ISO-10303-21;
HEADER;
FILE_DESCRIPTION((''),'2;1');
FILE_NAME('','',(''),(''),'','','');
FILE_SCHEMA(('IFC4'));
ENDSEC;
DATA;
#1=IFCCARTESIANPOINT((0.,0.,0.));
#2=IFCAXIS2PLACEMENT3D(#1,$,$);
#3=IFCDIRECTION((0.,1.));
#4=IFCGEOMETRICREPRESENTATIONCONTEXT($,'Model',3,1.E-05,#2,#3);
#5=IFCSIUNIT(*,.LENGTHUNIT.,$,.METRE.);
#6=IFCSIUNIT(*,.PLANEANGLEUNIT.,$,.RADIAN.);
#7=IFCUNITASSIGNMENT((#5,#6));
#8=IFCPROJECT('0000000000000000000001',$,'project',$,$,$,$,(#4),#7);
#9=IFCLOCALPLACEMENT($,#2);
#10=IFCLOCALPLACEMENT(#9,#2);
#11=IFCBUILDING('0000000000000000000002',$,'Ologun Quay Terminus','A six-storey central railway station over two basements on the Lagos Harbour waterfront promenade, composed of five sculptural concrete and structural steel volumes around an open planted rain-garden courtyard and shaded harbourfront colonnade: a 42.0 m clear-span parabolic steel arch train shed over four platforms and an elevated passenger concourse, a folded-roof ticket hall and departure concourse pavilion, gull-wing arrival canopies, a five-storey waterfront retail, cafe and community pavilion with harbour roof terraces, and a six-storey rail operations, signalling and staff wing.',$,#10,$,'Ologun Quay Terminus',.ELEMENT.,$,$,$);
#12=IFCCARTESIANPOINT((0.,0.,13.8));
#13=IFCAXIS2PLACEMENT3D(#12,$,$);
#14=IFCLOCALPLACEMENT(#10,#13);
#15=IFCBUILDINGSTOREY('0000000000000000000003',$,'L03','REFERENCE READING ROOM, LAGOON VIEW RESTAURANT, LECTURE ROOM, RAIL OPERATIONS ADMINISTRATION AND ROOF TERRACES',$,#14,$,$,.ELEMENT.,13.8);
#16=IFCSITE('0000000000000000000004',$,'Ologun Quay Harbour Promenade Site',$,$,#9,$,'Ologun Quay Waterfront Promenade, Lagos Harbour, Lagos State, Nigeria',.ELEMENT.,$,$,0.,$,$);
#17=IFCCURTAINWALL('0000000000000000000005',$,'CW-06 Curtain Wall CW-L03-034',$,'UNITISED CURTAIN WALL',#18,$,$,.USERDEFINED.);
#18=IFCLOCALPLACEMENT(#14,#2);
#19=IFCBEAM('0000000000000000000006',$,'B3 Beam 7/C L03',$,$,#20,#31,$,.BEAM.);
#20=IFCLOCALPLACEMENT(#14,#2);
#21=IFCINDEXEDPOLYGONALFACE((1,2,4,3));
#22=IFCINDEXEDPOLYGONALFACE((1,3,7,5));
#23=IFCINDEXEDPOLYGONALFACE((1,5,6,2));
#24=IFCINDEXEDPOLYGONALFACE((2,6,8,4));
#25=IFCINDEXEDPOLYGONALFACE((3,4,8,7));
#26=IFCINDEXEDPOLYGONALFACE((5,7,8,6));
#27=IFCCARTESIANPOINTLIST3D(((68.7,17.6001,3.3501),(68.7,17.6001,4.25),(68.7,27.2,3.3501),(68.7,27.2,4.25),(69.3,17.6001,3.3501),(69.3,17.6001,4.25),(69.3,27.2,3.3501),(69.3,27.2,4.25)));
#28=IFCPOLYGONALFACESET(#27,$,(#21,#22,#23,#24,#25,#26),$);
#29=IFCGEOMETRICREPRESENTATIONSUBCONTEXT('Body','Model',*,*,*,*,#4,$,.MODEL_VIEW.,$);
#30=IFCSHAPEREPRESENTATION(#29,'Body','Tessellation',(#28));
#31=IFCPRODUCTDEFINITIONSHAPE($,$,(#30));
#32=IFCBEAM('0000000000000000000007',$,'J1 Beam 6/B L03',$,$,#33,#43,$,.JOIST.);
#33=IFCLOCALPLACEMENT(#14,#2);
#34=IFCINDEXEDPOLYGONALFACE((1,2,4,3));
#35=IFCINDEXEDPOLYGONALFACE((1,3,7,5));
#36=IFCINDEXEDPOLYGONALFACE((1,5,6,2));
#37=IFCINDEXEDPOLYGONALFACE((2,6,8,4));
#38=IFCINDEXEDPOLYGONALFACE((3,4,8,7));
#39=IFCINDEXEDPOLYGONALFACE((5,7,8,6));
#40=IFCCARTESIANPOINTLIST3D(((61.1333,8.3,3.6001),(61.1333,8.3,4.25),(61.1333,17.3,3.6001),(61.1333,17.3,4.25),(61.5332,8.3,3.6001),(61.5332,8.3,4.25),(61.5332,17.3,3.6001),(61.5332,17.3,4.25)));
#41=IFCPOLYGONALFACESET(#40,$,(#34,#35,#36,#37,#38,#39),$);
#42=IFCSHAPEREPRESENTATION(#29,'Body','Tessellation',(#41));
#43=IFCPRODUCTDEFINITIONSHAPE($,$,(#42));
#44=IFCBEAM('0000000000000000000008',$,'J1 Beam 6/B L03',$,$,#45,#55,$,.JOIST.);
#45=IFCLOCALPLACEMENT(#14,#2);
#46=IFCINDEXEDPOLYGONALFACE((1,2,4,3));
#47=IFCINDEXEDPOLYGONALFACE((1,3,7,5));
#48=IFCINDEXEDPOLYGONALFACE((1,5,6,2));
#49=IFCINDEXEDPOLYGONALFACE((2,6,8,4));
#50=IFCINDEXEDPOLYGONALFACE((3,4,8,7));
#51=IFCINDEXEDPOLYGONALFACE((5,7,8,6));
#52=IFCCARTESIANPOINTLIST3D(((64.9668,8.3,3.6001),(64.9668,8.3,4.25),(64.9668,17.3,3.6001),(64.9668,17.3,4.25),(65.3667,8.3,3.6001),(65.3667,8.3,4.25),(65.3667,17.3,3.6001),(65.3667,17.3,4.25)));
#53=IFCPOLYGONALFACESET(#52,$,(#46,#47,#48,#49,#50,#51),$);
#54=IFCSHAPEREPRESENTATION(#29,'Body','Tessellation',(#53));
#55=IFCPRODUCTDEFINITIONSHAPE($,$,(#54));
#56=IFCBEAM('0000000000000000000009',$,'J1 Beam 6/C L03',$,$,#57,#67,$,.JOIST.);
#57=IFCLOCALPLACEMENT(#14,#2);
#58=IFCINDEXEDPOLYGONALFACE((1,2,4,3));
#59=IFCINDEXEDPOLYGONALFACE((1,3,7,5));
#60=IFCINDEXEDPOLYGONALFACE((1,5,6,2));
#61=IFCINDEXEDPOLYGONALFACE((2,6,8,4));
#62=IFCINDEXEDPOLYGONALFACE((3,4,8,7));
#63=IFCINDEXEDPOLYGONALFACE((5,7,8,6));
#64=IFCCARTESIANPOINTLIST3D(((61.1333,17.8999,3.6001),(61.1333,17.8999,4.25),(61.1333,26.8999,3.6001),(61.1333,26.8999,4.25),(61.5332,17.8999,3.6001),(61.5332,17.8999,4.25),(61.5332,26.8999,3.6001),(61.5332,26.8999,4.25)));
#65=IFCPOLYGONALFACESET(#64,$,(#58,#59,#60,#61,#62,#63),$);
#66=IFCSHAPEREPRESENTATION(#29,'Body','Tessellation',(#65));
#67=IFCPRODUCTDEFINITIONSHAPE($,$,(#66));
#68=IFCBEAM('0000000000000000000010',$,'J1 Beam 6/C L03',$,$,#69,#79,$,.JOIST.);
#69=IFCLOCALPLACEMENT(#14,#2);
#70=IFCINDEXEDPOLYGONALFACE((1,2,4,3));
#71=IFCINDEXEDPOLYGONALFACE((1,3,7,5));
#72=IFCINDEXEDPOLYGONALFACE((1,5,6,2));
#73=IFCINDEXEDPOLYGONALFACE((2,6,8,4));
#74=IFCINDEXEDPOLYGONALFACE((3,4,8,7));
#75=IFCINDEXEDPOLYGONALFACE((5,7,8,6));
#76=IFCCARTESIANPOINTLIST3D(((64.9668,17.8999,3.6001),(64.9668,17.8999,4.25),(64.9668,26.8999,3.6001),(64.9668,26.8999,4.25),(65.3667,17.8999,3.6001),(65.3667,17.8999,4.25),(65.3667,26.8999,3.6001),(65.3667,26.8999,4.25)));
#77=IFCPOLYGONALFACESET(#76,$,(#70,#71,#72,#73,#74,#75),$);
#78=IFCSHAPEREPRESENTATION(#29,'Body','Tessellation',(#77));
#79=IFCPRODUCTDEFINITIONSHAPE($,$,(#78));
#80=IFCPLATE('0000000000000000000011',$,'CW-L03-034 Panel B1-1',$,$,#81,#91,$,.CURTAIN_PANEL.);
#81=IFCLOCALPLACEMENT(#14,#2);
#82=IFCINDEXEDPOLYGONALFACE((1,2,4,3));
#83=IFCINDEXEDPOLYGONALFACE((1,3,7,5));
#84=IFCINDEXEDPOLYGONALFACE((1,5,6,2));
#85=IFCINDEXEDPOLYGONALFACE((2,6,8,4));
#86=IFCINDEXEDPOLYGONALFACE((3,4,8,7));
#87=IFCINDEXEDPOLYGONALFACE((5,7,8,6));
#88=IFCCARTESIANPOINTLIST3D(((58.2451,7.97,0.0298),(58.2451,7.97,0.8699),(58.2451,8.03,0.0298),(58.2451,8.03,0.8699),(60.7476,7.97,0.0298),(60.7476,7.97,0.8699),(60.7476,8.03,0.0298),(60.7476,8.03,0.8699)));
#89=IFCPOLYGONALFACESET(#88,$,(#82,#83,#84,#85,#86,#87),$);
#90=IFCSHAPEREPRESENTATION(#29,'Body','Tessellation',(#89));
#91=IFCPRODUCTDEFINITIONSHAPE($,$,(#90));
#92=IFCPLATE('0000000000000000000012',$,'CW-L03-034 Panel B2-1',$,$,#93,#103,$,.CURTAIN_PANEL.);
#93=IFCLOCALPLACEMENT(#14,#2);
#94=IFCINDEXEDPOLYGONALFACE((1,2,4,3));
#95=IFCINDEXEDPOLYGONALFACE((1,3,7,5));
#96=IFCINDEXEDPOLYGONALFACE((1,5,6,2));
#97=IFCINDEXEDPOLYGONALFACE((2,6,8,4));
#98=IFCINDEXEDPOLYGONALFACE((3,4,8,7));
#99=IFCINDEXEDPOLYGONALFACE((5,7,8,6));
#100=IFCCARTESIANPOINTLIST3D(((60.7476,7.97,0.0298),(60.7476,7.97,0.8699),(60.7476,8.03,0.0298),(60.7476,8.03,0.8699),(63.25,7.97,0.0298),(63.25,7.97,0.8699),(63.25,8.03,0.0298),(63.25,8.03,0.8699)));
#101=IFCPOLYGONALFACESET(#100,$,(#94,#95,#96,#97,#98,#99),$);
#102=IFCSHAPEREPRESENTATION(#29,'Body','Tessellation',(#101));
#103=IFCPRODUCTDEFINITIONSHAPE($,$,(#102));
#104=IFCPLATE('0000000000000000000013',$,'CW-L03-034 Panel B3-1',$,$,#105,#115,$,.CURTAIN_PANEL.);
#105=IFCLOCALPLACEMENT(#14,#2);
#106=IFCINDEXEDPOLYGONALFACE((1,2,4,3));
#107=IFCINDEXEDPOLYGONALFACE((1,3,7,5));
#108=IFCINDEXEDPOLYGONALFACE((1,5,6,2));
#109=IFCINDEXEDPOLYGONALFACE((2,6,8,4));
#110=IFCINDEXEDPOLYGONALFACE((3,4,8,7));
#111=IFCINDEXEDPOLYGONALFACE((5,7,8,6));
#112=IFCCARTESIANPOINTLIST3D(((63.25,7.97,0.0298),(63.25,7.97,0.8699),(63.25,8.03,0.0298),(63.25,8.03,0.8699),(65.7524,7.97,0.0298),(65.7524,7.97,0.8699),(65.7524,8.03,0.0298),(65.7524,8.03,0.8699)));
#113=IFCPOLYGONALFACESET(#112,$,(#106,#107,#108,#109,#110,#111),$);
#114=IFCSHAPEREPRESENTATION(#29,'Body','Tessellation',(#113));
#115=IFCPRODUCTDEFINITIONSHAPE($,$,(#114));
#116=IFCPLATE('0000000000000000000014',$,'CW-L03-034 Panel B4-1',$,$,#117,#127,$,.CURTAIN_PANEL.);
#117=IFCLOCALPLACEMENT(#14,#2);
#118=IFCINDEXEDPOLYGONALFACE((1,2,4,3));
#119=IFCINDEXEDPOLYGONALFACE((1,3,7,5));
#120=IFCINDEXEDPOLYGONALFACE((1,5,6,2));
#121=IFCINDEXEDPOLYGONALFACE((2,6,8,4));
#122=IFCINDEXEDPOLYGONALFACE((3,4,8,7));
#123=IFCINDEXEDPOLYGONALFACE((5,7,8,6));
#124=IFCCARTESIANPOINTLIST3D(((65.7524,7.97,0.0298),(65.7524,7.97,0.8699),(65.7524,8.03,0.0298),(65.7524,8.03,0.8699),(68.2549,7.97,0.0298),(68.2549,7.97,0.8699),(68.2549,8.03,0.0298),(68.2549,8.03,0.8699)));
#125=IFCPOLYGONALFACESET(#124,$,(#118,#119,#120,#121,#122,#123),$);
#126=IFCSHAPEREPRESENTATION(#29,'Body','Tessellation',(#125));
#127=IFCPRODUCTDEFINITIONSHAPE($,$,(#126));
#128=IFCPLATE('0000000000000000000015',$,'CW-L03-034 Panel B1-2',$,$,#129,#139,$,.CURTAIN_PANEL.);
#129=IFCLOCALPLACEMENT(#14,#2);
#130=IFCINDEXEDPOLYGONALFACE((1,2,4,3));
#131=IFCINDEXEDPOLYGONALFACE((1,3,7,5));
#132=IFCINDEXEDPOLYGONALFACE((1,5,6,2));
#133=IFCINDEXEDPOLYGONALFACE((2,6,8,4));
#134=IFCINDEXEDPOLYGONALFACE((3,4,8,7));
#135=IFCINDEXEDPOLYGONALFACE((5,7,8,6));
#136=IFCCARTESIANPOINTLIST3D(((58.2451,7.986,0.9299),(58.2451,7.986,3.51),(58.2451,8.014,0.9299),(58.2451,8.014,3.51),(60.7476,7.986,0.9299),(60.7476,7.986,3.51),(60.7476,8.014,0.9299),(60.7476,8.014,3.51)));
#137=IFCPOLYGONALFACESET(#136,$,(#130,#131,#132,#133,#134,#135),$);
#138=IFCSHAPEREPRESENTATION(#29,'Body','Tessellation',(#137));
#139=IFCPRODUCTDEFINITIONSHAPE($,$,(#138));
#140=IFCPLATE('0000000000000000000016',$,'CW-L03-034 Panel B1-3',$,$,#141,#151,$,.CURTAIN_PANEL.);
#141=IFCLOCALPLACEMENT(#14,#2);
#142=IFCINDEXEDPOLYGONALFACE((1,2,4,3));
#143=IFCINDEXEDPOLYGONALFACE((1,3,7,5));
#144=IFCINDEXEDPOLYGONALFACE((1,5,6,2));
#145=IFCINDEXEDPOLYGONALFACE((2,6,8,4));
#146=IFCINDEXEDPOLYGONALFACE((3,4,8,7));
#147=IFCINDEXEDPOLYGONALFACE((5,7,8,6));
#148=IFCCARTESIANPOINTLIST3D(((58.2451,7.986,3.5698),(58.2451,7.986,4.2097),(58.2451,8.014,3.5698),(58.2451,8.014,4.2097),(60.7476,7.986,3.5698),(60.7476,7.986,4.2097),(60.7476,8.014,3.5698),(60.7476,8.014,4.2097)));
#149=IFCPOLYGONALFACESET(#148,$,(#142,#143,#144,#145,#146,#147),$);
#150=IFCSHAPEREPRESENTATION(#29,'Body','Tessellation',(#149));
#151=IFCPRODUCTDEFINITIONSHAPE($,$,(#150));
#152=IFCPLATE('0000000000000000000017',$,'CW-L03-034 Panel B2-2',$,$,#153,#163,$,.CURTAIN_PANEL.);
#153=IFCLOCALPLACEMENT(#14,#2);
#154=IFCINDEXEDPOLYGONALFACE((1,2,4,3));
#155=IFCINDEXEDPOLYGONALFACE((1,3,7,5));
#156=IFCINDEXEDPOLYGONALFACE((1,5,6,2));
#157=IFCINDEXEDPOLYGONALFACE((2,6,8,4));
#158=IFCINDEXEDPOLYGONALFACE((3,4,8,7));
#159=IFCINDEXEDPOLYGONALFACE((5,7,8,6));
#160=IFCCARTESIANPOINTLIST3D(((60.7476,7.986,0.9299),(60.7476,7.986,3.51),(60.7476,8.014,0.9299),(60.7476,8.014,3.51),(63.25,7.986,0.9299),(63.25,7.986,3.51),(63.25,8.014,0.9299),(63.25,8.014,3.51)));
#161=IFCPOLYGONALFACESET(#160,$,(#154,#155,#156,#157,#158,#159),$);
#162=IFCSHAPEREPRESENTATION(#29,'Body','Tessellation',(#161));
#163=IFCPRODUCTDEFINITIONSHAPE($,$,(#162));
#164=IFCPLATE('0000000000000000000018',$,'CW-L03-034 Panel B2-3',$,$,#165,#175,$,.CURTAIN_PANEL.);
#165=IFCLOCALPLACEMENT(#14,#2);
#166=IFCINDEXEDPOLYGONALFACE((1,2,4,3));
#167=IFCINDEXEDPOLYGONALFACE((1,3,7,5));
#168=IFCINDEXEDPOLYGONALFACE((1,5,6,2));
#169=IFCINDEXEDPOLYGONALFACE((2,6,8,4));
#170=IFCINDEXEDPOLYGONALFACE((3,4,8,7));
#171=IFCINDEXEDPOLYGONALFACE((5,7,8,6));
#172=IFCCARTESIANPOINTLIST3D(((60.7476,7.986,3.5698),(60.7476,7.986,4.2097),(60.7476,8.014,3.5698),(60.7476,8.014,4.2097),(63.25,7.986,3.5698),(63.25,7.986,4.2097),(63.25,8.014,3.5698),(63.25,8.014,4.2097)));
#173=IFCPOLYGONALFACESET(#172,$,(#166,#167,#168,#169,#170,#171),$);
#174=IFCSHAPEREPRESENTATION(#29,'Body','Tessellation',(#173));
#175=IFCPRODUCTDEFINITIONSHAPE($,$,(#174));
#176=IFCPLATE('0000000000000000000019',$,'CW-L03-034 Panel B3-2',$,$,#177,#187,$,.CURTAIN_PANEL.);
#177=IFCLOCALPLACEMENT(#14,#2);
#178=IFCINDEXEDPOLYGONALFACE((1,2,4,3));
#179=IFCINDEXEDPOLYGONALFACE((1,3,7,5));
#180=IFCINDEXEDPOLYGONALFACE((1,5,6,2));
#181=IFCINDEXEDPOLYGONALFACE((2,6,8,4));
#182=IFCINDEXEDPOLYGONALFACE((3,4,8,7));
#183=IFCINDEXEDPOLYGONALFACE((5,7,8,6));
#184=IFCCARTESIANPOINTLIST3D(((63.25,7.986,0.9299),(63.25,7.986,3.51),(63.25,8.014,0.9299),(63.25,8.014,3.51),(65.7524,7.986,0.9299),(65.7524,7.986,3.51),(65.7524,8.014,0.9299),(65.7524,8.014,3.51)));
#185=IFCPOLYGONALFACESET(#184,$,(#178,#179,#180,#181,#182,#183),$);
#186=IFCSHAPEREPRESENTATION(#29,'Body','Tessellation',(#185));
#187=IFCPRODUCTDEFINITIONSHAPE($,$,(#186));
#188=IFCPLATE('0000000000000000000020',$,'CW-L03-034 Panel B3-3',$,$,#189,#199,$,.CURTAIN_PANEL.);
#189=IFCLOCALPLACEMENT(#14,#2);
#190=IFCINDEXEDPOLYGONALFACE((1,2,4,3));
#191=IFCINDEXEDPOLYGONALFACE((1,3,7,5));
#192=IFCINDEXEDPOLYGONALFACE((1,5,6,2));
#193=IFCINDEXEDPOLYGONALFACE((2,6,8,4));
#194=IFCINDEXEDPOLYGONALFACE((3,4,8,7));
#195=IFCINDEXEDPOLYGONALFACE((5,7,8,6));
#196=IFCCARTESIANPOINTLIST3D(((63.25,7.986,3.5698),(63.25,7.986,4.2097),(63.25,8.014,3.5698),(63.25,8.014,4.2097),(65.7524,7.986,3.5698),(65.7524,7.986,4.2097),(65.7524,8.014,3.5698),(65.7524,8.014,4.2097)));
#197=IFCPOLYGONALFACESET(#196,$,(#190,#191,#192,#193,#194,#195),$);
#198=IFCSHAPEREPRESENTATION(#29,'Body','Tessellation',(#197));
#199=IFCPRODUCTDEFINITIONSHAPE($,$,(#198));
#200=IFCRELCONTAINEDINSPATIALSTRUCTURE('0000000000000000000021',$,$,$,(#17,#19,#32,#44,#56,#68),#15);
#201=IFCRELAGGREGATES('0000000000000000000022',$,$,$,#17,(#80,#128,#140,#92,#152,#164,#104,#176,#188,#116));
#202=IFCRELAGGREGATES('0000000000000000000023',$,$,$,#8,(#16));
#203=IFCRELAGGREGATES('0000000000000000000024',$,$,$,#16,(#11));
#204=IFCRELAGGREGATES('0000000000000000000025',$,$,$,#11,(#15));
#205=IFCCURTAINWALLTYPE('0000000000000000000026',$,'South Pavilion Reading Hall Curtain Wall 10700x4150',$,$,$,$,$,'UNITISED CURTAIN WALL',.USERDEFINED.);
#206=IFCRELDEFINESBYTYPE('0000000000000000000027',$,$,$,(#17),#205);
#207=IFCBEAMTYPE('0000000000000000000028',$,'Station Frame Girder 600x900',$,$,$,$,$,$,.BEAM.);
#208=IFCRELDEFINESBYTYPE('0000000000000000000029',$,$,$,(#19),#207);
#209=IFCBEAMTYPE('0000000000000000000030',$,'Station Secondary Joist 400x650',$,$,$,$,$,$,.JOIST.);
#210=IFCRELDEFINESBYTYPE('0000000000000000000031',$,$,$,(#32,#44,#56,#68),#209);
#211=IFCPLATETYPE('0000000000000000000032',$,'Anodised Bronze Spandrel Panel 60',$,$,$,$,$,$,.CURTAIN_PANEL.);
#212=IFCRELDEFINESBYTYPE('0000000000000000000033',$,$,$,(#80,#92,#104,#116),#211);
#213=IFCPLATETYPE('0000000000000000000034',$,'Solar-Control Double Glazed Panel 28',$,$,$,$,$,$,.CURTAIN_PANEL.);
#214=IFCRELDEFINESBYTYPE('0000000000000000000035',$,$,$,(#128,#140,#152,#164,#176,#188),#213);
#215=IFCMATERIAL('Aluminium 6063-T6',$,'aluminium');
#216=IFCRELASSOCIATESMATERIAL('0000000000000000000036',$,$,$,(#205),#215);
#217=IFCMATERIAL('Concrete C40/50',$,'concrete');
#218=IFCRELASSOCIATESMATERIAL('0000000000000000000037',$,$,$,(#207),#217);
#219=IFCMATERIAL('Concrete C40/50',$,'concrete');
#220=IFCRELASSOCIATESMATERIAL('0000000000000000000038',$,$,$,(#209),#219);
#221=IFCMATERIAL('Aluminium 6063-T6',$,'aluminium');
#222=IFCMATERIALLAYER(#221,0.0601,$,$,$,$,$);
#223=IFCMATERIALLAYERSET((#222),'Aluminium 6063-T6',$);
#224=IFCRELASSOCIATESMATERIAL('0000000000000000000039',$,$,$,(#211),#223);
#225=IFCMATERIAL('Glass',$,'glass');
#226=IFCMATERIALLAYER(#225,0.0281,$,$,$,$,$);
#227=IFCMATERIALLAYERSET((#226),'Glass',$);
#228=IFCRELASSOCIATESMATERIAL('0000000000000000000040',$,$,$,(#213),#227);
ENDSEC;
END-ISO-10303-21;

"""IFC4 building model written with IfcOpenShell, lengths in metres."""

from ifc_helpers import new_model, si_unit, direction, frame, origin, origin_2d, place, context, subcontext, project, spatial, rectangle, extrude, material, layer, layer_set, material_profile, profile_set, type_object, element, aggregate, save


model = new_model("IFC4")

# Units and contexts
model_context = context("Model", 3, precision=1e-05, world=origin(), true_north=direction((0.0, 1.0)))
body_context = subcontext(model_context, "Body", "Model", "MODEL_VIEW")
ifc_project = project(units=[si_unit("LENGTHUNIT", "METRE"), si_unit("PLANEANGLEUNIT", "RADIAN")], contexts=[model_context])

# Site, building, storey
site_placement = place(None, origin())
site = spatial("IfcSite", under=ifc_project, at=site_placement, Name="Ologun Quay Harbour Promenade Site", LongName="Ologun Quay Waterfront Promenade, Lagos Harbour, Lagos State, Nigeria", CompositionType="ELEMENT", RefElevation=0.0)
building_placement = place(site_placement, origin())
building = spatial("IfcBuilding", under=site, at=building_placement, Name="Ologun Quay Terminus", Description="A six-storey central railway station over two basements on the Lagos Harbour waterfront promenade, composed of five sculptural concrete and structural steel volumes around an open planted rain-garden courtyard and shaded harbourfront colonnade: a 42.0 m clear-span parabolic steel arch train shed over four platforms and an elevated passenger concourse, a folded-roof ticket hall and departure concourse pavilion, gull-wing arrival canopies, a five-storey waterfront retail, cafe and community pavilion with harbour roof terraces, and a six-storey rail operations, signalling and staff wing.", LongName="Ologun Quay Terminus", CompositionType="ELEMENT")
storey_placement = place(building_placement, frame((0.0, 0.0, 13.8)))
storey = spatial("IfcBuildingStorey", under=building, at=storey_placement, Name="L03", Description="REFERENCE READING ROOM, LAGOON VIEW RESTAURANT, LECTURE ROOM, RAIL OPERATIONS ADMINISTRATION AND ROOF TERRACES", CompositionType="ELEMENT", Elevation=13.8)

# Curtain wall
ifc_material_1 = material(Name="Aluminium 6063-T6", Category="aluminium")
curtain_wall_type = type_object("IfcCurtainWallType", Name="South Pavilion Reading Hall Curtain Wall 10700x4150", ElementType="UNITISED CURTAIN WALL", PredefinedType="USERDEFINED", material=ifc_material_1)
curtain_wall_1_placement = place(storey_placement, origin())
curtain_wall_1 = element("IfcCurtainWall", 1, at=curtain_wall_1_placement, inside=storey, type_object=curtain_wall_type, Name="CW-06 Curtain Wall CW-L03-034", ObjectType="UNITISED CURTAIN WALL", PredefinedType="USERDEFINED")

# Beams
ifc_material_2 = material(Name="Concrete C40/50", Category="concrete")
ifc_material_profile_1 = material_profile(ifc_material_2, rectangle(XDim=0.6001, YDim=0.8999, at=origin_2d()), Name="RC 600x900")
ifc_profile_set_1 = profile_set([ifc_material_profile_1], Name="Concrete C40/50")
beam_type_1 = type_object("IfcBeamType", Name="Station Frame Girder 600x900", PredefinedType="BEAM", material=ifc_profile_set_1)
beam_1_placement = place(storey_placement, frame((69.0, 17.6001, 3.8), z_axis=(0.0, 1.0, 0.0), x_axis=(-1.0, 0.0, 0.0)))
element("IfcBeam", 2, at=beam_1_placement, inside=storey, type_object=beam_type_1, Name="B3 Beam 7/C L03", PredefinedType="BEAM", context=body_context, shape_type="SweptSolid", body=[
    extrude(rectangle(XDim=0.6001, YDim=0.8999, at=origin_2d()), origin(), (0.0, 0.0, 1.0), 9.5999),
])
ifc_material_3 = material(Name="Concrete C40/50", Category="concrete")
ifc_material_profile_2 = material_profile(ifc_material_3, rectangle(XDim=0.3999, YDim=0.6499, at=origin_2d()), Name="RC 400x650")
ifc_profile_set_2 = profile_set([ifc_material_profile_2], Name="Concrete C40/50")
beam_type_2 = type_object("IfcBeamType", Name="Station Secondary Joist 400x650", PredefinedType="JOIST", material=ifc_profile_set_2)
for number, where, z_axis, x_axis, name in (
    (3, (61.3333, 8.3, 3.925), (0.0, 1.0, 0.0), (-1.0, 0.0, 0.0), "J1 Beam 6/B L03"),
    (4, (65.1667, 8.3, 3.925), (0.0, 1.0, 0.0), (-1.0, 0.0, 0.0), "J1 Beam 6/B L03"),
    (5, (61.3333, 17.8999, 3.925), (0.0, 1.0, 0.0), (-1.0, 0.0, 0.0), "J1 Beam 6/C L03"),
    (6, (65.1667, 17.8999, 3.925), (0.0, 1.0, 0.0), (-1.0, 0.0, 0.0), "J1 Beam 6/C L03"),
):
    element("IfcBeam", number, at=place(storey_placement, frame(where, z_axis=z_axis, x_axis=x_axis)), inside=storey, type_object=beam_type_2, Name=name, PredefinedType="JOIST", context=body_context, shape_type="SweptSolid", body=[
        extrude(rectangle(XDim=0.3999, YDim=0.6499, at=origin_2d()), origin(), (0.0, 0.0, 1.0), 9.0),
    ])

# Plates
ifc_material_4 = material(Name="Aluminium 6063-T6", Category="aluminium")
ifc_layer_1 = layer(ifc_material_4, 0.0601)
ifc_layer_set_1 = layer_set([ifc_layer_1], Name="Aluminium 6063-T6")
plate_type_1 = type_object("IfcPlateType", Name="Anodised Bronze Spandrel Panel 60", PredefinedType="CURTAIN_PANEL", material=ifc_layer_set_1)
plate_1_placement = place(storey_placement, frame((59.4963, 8.0, 0.0298), z_axis=(0.0, 0.0, 1.0), x_axis=(1.0, 0.0, 0.0)))
plate_1 = element("IfcPlate", 7, at=plate_1_placement, type_object=plate_type_1, Name="CW-L03-034 Panel B1-1", PredefinedType="CURTAIN_PANEL", context=body_context, shape_type="SweptSolid", body=[
    extrude(rectangle(XDim=2.5024, YDim=0.0601, at=origin_2d()), origin(), (0.0, 0.0, 1.0), 0.8401),
])
plate_2_placement = place(storey_placement, frame((61.9988, 8.0, 0.0298), z_axis=(0.0, 0.0, 1.0), x_axis=(1.0, 0.0, 0.0)))
plate_2 = element("IfcPlate", 8, at=plate_2_placement, type_object=plate_type_1, Name="CW-L03-034 Panel B2-1", PredefinedType="CURTAIN_PANEL", context=body_context, shape_type="SweptSolid", body=[
    extrude(rectangle(XDim=2.5024, YDim=0.0601, at=origin_2d()), origin(), (0.0, 0.0, 1.0), 0.8401),
])
plate_3_placement = place(storey_placement, frame((64.5012, 8.0, 0.0298), z_axis=(0.0, 0.0, 1.0), x_axis=(1.0, 0.0, 0.0)))
plate_3 = element("IfcPlate", 9, at=plate_3_placement, type_object=plate_type_1, Name="CW-L03-034 Panel B3-1", PredefinedType="CURTAIN_PANEL", context=body_context, shape_type="SweptSolid", body=[
    extrude(rectangle(XDim=2.5024, YDim=0.0601, at=origin_2d()), origin(), (0.0, 0.0, 1.0), 0.8401),
])
plate_4_placement = place(storey_placement, frame((67.0037, 8.0, 0.0298), z_axis=(0.0, 0.0, 1.0), x_axis=(1.0, 0.0, 0.0)))
plate_4 = element("IfcPlate", 10, at=plate_4_placement, type_object=plate_type_1, Name="CW-L03-034 Panel B4-1", PredefinedType="CURTAIN_PANEL", context=body_context, shape_type="SweptSolid", body=[
    extrude(rectangle(XDim=2.5024, YDim=0.0601, at=origin_2d()), origin(), (0.0, 0.0, 1.0), 0.8401),
])
ifc_material_5 = material(Name="Glass", Category="glass")
ifc_layer_2 = layer(ifc_material_5, 0.0281)
ifc_layer_set_2 = layer_set([ifc_layer_2], Name="Glass")
plate_type_2 = type_object("IfcPlateType", Name="Solar-Control Double Glazed Panel 28", PredefinedType="CURTAIN_PANEL", material=ifc_layer_set_2)
plate_5_placement = place(storey_placement, frame((59.4963, 8.0, 0.9299), z_axis=(0.0, 0.0, 1.0), x_axis=(1.0, 0.0, 0.0)))
plate_5 = element("IfcPlate", 11, at=plate_5_placement, type_object=plate_type_2, Name="CW-L03-034 Panel B1-2", PredefinedType="CURTAIN_PANEL", context=body_context, shape_type="SweptSolid", body=[
    extrude(rectangle(XDim=2.5024, YDim=0.0281, at=origin_2d()), origin(), (0.0, 0.0, 1.0), 2.5801),
])
plate_6_placement = place(storey_placement, frame((59.4963, 8.0, 3.5698), z_axis=(0.0, 0.0, 1.0), x_axis=(1.0, 0.0, 0.0)))
plate_6 = element("IfcPlate", 12, at=plate_6_placement, type_object=plate_type_2, Name="CW-L03-034 Panel B1-3", PredefinedType="CURTAIN_PANEL", context=body_context, shape_type="SweptSolid", body=[
    extrude(rectangle(XDim=2.5024, YDim=0.0281, at=origin_2d()), origin(), (0.0, 0.0, 1.0), 0.6399),
])
plate_7_placement = place(storey_placement, frame((61.9988, 8.0, 0.9299), z_axis=(0.0, 0.0, 1.0), x_axis=(1.0, 0.0, 0.0)))
plate_7 = element("IfcPlate", 13, at=plate_7_placement, type_object=plate_type_2, Name="CW-L03-034 Panel B2-2", PredefinedType="CURTAIN_PANEL", context=body_context, shape_type="SweptSolid", body=[
    extrude(rectangle(XDim=2.5024, YDim=0.0281, at=origin_2d()), origin(), (0.0, 0.0, 1.0), 2.5801),
])
plate_8_placement = place(storey_placement, frame((61.9988, 8.0, 3.5698), z_axis=(0.0, 0.0, 1.0), x_axis=(1.0, 0.0, 0.0)))
plate_8 = element("IfcPlate", 14, at=plate_8_placement, type_object=plate_type_2, Name="CW-L03-034 Panel B2-3", PredefinedType="CURTAIN_PANEL", context=body_context, shape_type="SweptSolid", body=[
    extrude(rectangle(XDim=2.5024, YDim=0.0281, at=origin_2d()), origin(), (0.0, 0.0, 1.0), 0.6399),
])
plate_9_placement = place(storey_placement, frame((64.5012, 8.0, 0.9299), z_axis=(0.0, 0.0, 1.0), x_axis=(1.0, 0.0, 0.0)))
plate_9 = element("IfcPlate", 15, at=plate_9_placement, type_object=plate_type_2, Name="CW-L03-034 Panel B3-2", PredefinedType="CURTAIN_PANEL", context=body_context, shape_type="SweptSolid", body=[
    extrude(rectangle(XDim=2.5024, YDim=0.0281, at=origin_2d()), origin(), (0.0, 0.0, 1.0), 2.5801),
])
plate_10_placement = place(storey_placement, frame((64.5012, 8.0, 3.5698), z_axis=(0.0, 0.0, 1.0), x_axis=(1.0, 0.0, 0.0)))
plate_10 = element("IfcPlate", 16, at=plate_10_placement, type_object=plate_type_2, Name="CW-L03-034 Panel B3-3", PredefinedType="CURTAIN_PANEL", context=body_context, shape_type="SweptSolid", body=[
    extrude(rectangle(XDim=2.5024, YDim=0.0281, at=origin_2d()), origin(), (0.0, 0.0, 1.0), 0.6399),
])
aggregate(curtain_wall_1, [plate_1, plate_5, plate_6, plate_2, plate_7, plate_8, plate_3, plate_9, plate_10, plate_4])

save(model, "model.ifc")
